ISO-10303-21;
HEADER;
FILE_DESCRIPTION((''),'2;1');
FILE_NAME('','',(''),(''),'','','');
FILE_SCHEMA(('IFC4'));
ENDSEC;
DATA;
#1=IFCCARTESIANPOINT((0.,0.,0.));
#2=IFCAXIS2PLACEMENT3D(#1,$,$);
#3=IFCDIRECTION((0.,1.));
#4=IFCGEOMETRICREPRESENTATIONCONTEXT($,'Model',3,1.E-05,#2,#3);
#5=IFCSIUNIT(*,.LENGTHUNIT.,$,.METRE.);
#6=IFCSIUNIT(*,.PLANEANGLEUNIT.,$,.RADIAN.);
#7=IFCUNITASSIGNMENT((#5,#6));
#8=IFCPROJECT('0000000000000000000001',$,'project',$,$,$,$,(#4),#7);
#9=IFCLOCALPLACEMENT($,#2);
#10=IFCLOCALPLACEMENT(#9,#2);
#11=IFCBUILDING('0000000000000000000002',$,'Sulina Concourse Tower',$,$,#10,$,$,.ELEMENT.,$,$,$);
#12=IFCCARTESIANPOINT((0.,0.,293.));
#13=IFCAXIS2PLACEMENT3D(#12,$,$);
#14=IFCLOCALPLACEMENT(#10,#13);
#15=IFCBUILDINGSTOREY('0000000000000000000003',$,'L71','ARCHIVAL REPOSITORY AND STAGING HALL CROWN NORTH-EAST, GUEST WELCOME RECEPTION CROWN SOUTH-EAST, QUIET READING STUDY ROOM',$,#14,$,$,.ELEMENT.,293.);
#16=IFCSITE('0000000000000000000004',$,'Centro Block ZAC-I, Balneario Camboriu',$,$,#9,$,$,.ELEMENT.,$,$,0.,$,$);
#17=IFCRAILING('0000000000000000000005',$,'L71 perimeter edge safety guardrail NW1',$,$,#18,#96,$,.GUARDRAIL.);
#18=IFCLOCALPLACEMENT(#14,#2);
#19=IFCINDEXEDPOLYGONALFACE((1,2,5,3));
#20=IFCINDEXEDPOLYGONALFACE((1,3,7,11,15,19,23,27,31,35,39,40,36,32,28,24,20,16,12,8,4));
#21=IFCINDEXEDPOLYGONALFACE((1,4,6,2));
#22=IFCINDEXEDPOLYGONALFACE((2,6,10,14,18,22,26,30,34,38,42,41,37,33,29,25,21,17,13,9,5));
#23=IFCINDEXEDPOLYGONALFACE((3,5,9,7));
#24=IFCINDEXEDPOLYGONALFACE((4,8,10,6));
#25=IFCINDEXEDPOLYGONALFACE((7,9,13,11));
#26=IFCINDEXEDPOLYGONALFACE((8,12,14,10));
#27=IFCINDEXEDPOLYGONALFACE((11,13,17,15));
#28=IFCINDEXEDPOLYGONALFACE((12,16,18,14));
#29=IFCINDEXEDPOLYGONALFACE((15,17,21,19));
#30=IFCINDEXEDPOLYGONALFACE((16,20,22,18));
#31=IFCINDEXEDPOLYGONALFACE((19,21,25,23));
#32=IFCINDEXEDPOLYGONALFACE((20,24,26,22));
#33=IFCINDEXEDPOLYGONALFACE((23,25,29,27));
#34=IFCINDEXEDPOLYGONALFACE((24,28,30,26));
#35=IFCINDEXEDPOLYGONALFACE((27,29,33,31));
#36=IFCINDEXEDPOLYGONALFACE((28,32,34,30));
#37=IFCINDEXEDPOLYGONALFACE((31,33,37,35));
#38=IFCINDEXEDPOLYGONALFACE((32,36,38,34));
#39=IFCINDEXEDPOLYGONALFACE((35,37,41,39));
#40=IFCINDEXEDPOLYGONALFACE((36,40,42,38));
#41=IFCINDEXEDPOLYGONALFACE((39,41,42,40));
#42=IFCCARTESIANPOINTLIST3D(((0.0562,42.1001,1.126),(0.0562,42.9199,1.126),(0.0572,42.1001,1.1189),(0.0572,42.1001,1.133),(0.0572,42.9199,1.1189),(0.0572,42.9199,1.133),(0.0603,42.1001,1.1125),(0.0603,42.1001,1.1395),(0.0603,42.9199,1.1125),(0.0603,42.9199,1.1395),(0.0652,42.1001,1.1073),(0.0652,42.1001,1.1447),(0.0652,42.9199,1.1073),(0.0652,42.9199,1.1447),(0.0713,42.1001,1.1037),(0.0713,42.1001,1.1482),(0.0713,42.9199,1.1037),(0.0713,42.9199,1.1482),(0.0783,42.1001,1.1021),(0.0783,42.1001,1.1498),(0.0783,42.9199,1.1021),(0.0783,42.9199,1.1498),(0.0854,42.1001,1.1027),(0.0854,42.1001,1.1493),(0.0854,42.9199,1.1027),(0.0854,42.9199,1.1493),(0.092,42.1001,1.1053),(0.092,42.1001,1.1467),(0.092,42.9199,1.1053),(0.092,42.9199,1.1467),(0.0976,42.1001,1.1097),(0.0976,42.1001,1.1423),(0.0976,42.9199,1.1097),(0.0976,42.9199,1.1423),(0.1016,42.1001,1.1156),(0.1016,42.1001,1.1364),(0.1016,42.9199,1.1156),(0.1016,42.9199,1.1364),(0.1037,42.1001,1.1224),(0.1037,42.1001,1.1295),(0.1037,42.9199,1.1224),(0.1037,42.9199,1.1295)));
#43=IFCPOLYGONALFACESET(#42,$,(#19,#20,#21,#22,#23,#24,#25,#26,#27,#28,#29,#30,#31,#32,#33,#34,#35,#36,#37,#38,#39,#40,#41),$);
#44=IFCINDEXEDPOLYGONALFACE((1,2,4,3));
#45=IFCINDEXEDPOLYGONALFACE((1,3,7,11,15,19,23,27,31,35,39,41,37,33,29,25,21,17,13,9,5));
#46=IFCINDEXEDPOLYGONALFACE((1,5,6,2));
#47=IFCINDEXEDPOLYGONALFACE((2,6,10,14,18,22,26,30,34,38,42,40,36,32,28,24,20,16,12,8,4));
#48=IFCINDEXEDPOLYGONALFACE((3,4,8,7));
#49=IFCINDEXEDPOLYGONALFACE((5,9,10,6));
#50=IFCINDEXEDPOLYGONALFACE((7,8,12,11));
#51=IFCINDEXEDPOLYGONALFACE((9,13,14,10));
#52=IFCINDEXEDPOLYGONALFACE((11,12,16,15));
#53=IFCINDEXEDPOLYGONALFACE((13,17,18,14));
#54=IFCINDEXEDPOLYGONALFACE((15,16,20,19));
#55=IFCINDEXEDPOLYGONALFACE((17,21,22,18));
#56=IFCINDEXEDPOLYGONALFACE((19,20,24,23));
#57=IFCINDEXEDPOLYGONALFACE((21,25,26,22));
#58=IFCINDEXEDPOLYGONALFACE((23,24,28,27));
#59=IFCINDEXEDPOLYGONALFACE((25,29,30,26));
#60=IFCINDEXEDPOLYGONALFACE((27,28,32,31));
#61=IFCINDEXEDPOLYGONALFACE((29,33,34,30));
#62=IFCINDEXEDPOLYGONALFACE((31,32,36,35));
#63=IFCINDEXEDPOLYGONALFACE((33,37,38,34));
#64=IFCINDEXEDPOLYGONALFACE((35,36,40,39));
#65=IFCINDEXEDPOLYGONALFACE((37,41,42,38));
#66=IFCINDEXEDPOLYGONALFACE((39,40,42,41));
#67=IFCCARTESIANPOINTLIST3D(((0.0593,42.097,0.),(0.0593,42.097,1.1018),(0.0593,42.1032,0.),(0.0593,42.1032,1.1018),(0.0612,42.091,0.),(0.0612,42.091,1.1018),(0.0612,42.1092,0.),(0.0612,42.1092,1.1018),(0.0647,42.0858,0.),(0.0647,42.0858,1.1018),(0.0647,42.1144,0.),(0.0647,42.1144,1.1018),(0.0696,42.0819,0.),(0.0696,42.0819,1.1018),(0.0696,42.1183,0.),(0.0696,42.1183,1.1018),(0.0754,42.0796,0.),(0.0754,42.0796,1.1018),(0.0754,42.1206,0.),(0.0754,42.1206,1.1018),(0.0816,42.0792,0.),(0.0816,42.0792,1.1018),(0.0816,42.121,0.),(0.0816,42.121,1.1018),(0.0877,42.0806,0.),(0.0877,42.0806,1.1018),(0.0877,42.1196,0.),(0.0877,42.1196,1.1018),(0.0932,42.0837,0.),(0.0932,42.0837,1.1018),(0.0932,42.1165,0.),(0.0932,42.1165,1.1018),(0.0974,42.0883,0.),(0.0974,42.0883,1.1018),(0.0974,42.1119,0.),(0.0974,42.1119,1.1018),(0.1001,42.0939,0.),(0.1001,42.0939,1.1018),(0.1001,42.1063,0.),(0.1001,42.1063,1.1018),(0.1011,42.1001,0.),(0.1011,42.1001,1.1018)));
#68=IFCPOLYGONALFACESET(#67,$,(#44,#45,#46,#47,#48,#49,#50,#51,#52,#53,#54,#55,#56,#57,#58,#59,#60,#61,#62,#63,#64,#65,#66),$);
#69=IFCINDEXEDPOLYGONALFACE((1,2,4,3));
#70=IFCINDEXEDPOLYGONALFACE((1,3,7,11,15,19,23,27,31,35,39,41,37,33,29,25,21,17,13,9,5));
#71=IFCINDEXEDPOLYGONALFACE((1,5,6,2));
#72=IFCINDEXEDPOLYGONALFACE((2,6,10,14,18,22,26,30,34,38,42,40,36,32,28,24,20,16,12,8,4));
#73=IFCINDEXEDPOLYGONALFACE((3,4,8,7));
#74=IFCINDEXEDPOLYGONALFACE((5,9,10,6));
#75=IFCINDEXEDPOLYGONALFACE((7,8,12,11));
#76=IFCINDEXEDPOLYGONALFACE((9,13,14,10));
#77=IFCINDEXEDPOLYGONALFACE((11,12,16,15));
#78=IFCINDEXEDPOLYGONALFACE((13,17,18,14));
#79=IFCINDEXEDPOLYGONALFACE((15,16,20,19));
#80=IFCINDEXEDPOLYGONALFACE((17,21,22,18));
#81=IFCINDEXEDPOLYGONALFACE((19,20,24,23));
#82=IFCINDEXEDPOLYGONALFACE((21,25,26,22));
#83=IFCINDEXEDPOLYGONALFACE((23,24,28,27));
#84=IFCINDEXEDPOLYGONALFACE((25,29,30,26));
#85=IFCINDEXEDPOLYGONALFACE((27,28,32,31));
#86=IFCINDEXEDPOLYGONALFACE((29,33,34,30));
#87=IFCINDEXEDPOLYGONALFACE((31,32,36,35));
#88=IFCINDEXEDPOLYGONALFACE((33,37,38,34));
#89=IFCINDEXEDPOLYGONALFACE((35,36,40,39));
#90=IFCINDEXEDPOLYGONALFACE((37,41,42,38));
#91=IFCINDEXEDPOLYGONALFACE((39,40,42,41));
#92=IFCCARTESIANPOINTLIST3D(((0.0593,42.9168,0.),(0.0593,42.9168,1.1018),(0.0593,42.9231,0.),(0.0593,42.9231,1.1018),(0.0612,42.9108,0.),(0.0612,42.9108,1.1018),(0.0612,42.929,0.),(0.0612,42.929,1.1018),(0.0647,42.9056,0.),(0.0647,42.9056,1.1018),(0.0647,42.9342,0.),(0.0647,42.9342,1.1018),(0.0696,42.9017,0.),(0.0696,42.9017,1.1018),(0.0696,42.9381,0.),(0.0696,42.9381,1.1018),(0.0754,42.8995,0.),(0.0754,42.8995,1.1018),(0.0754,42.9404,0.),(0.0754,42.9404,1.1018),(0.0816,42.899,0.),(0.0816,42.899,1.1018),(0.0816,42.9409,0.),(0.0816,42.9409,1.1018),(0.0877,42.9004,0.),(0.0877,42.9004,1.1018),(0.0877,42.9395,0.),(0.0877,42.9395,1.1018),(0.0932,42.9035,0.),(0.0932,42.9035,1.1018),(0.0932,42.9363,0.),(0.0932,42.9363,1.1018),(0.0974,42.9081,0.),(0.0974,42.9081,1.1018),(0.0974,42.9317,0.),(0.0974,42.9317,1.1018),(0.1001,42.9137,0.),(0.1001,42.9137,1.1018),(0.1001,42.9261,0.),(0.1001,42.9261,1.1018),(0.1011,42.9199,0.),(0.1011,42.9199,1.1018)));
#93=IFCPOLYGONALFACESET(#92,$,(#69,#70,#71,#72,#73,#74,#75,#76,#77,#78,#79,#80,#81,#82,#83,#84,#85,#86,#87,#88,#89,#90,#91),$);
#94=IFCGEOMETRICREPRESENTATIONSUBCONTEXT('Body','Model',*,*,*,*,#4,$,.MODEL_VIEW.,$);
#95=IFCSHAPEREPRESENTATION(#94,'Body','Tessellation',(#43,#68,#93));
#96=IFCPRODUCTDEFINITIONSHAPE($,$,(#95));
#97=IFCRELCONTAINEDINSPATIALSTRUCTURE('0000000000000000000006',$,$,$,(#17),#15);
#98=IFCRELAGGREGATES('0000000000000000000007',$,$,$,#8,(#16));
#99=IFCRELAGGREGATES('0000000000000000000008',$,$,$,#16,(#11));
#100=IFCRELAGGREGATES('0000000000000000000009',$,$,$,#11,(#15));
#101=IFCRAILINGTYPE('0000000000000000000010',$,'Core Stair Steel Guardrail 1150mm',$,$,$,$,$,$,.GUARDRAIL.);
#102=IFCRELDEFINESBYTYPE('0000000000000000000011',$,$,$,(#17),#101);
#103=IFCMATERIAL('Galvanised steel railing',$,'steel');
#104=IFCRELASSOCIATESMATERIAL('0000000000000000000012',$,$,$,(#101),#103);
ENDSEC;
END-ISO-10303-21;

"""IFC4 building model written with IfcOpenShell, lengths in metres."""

from ifc_helpers import new_model, si_unit, direction, frame, origin, origin_2d, place, context, subcontext, project, spatial, circle, extrude, material, type_object, element, save


model = new_model("IFC4")

# Units and contexts
model_context = context("Model", 3, precision=1e-05, world=origin(), true_north=direction((0.0, 1.0)))
body_context = subcontext(model_context, "Body", "Model", "MODEL_VIEW")
ifc_project = project(units=[si_unit("LENGTHUNIT", "METRE"), si_unit("PLANEANGLEUNIT", "RADIAN")], contexts=[model_context])

# Site, building, storey
site_placement = place(None, origin())
site = spatial("IfcSite", under=ifc_project, at=site_placement, Name="Centro Block ZAC-I, Balneario Camboriu", CompositionType="ELEMENT", RefElevation=0.0)
building_placement = place(site_placement, origin())
building = spatial("IfcBuilding", under=site, at=building_placement, Name="Sulina Concourse Tower", CompositionType="ELEMENT")
storey_placement = place(building_placement, frame((0.0, 0.0, 293.0)))
storey = spatial("IfcBuildingStorey", under=building, at=storey_placement, Name="L71", Description="ARCHIVAL REPOSITORY AND STAGING HALL CROWN NORTH-EAST, GUEST WELCOME RECEPTION CROWN SOUTH-EAST, QUIET READING STUDY ROOM", CompositionType="ELEMENT", Elevation=293.0)

# Railing
ifc_material_1 = material(Name="Galvanised steel railing", Category="steel")
railing_type_1 = type_object("IfcRailingType", Name="Core Stair Steel Guardrail 1150mm", PredefinedType="GUARDRAIL", material=ifc_material_1)
railing_1_placement = place(storey_placement, frame((0.0801, 42.1001, 0.0)))
element("IfcRailing", 1, at=railing_1_placement, inside=storey, type_object=railing_type_1, Name="L71 perimeter edge safety guardrail NW1", PredefinedType="GUARDRAIL", context=body_context, shape_type="SweptSolid", body=[
    extrude(circle(Radius=0.0239, at=origin_2d()), frame((0.0, 0.0, 1.126), z_axis=(0.0, 1.0, 0.0), x_axis=(-1.0, 0.0, 0.0)), (0.0, 0.0, 1.0), 0.8198),
    extrude(circle(Radius=0.021, at=origin_2d()), origin(), (0.0, 0.0, 1.0), 1.1018),
    extrude(circle(Radius=0.021, at=origin_2d()), frame((0.0, 0.8198, 0.0)), (0.0, 0.0, 1.0), 1.1018),
])

save(model, "model.ifc")
